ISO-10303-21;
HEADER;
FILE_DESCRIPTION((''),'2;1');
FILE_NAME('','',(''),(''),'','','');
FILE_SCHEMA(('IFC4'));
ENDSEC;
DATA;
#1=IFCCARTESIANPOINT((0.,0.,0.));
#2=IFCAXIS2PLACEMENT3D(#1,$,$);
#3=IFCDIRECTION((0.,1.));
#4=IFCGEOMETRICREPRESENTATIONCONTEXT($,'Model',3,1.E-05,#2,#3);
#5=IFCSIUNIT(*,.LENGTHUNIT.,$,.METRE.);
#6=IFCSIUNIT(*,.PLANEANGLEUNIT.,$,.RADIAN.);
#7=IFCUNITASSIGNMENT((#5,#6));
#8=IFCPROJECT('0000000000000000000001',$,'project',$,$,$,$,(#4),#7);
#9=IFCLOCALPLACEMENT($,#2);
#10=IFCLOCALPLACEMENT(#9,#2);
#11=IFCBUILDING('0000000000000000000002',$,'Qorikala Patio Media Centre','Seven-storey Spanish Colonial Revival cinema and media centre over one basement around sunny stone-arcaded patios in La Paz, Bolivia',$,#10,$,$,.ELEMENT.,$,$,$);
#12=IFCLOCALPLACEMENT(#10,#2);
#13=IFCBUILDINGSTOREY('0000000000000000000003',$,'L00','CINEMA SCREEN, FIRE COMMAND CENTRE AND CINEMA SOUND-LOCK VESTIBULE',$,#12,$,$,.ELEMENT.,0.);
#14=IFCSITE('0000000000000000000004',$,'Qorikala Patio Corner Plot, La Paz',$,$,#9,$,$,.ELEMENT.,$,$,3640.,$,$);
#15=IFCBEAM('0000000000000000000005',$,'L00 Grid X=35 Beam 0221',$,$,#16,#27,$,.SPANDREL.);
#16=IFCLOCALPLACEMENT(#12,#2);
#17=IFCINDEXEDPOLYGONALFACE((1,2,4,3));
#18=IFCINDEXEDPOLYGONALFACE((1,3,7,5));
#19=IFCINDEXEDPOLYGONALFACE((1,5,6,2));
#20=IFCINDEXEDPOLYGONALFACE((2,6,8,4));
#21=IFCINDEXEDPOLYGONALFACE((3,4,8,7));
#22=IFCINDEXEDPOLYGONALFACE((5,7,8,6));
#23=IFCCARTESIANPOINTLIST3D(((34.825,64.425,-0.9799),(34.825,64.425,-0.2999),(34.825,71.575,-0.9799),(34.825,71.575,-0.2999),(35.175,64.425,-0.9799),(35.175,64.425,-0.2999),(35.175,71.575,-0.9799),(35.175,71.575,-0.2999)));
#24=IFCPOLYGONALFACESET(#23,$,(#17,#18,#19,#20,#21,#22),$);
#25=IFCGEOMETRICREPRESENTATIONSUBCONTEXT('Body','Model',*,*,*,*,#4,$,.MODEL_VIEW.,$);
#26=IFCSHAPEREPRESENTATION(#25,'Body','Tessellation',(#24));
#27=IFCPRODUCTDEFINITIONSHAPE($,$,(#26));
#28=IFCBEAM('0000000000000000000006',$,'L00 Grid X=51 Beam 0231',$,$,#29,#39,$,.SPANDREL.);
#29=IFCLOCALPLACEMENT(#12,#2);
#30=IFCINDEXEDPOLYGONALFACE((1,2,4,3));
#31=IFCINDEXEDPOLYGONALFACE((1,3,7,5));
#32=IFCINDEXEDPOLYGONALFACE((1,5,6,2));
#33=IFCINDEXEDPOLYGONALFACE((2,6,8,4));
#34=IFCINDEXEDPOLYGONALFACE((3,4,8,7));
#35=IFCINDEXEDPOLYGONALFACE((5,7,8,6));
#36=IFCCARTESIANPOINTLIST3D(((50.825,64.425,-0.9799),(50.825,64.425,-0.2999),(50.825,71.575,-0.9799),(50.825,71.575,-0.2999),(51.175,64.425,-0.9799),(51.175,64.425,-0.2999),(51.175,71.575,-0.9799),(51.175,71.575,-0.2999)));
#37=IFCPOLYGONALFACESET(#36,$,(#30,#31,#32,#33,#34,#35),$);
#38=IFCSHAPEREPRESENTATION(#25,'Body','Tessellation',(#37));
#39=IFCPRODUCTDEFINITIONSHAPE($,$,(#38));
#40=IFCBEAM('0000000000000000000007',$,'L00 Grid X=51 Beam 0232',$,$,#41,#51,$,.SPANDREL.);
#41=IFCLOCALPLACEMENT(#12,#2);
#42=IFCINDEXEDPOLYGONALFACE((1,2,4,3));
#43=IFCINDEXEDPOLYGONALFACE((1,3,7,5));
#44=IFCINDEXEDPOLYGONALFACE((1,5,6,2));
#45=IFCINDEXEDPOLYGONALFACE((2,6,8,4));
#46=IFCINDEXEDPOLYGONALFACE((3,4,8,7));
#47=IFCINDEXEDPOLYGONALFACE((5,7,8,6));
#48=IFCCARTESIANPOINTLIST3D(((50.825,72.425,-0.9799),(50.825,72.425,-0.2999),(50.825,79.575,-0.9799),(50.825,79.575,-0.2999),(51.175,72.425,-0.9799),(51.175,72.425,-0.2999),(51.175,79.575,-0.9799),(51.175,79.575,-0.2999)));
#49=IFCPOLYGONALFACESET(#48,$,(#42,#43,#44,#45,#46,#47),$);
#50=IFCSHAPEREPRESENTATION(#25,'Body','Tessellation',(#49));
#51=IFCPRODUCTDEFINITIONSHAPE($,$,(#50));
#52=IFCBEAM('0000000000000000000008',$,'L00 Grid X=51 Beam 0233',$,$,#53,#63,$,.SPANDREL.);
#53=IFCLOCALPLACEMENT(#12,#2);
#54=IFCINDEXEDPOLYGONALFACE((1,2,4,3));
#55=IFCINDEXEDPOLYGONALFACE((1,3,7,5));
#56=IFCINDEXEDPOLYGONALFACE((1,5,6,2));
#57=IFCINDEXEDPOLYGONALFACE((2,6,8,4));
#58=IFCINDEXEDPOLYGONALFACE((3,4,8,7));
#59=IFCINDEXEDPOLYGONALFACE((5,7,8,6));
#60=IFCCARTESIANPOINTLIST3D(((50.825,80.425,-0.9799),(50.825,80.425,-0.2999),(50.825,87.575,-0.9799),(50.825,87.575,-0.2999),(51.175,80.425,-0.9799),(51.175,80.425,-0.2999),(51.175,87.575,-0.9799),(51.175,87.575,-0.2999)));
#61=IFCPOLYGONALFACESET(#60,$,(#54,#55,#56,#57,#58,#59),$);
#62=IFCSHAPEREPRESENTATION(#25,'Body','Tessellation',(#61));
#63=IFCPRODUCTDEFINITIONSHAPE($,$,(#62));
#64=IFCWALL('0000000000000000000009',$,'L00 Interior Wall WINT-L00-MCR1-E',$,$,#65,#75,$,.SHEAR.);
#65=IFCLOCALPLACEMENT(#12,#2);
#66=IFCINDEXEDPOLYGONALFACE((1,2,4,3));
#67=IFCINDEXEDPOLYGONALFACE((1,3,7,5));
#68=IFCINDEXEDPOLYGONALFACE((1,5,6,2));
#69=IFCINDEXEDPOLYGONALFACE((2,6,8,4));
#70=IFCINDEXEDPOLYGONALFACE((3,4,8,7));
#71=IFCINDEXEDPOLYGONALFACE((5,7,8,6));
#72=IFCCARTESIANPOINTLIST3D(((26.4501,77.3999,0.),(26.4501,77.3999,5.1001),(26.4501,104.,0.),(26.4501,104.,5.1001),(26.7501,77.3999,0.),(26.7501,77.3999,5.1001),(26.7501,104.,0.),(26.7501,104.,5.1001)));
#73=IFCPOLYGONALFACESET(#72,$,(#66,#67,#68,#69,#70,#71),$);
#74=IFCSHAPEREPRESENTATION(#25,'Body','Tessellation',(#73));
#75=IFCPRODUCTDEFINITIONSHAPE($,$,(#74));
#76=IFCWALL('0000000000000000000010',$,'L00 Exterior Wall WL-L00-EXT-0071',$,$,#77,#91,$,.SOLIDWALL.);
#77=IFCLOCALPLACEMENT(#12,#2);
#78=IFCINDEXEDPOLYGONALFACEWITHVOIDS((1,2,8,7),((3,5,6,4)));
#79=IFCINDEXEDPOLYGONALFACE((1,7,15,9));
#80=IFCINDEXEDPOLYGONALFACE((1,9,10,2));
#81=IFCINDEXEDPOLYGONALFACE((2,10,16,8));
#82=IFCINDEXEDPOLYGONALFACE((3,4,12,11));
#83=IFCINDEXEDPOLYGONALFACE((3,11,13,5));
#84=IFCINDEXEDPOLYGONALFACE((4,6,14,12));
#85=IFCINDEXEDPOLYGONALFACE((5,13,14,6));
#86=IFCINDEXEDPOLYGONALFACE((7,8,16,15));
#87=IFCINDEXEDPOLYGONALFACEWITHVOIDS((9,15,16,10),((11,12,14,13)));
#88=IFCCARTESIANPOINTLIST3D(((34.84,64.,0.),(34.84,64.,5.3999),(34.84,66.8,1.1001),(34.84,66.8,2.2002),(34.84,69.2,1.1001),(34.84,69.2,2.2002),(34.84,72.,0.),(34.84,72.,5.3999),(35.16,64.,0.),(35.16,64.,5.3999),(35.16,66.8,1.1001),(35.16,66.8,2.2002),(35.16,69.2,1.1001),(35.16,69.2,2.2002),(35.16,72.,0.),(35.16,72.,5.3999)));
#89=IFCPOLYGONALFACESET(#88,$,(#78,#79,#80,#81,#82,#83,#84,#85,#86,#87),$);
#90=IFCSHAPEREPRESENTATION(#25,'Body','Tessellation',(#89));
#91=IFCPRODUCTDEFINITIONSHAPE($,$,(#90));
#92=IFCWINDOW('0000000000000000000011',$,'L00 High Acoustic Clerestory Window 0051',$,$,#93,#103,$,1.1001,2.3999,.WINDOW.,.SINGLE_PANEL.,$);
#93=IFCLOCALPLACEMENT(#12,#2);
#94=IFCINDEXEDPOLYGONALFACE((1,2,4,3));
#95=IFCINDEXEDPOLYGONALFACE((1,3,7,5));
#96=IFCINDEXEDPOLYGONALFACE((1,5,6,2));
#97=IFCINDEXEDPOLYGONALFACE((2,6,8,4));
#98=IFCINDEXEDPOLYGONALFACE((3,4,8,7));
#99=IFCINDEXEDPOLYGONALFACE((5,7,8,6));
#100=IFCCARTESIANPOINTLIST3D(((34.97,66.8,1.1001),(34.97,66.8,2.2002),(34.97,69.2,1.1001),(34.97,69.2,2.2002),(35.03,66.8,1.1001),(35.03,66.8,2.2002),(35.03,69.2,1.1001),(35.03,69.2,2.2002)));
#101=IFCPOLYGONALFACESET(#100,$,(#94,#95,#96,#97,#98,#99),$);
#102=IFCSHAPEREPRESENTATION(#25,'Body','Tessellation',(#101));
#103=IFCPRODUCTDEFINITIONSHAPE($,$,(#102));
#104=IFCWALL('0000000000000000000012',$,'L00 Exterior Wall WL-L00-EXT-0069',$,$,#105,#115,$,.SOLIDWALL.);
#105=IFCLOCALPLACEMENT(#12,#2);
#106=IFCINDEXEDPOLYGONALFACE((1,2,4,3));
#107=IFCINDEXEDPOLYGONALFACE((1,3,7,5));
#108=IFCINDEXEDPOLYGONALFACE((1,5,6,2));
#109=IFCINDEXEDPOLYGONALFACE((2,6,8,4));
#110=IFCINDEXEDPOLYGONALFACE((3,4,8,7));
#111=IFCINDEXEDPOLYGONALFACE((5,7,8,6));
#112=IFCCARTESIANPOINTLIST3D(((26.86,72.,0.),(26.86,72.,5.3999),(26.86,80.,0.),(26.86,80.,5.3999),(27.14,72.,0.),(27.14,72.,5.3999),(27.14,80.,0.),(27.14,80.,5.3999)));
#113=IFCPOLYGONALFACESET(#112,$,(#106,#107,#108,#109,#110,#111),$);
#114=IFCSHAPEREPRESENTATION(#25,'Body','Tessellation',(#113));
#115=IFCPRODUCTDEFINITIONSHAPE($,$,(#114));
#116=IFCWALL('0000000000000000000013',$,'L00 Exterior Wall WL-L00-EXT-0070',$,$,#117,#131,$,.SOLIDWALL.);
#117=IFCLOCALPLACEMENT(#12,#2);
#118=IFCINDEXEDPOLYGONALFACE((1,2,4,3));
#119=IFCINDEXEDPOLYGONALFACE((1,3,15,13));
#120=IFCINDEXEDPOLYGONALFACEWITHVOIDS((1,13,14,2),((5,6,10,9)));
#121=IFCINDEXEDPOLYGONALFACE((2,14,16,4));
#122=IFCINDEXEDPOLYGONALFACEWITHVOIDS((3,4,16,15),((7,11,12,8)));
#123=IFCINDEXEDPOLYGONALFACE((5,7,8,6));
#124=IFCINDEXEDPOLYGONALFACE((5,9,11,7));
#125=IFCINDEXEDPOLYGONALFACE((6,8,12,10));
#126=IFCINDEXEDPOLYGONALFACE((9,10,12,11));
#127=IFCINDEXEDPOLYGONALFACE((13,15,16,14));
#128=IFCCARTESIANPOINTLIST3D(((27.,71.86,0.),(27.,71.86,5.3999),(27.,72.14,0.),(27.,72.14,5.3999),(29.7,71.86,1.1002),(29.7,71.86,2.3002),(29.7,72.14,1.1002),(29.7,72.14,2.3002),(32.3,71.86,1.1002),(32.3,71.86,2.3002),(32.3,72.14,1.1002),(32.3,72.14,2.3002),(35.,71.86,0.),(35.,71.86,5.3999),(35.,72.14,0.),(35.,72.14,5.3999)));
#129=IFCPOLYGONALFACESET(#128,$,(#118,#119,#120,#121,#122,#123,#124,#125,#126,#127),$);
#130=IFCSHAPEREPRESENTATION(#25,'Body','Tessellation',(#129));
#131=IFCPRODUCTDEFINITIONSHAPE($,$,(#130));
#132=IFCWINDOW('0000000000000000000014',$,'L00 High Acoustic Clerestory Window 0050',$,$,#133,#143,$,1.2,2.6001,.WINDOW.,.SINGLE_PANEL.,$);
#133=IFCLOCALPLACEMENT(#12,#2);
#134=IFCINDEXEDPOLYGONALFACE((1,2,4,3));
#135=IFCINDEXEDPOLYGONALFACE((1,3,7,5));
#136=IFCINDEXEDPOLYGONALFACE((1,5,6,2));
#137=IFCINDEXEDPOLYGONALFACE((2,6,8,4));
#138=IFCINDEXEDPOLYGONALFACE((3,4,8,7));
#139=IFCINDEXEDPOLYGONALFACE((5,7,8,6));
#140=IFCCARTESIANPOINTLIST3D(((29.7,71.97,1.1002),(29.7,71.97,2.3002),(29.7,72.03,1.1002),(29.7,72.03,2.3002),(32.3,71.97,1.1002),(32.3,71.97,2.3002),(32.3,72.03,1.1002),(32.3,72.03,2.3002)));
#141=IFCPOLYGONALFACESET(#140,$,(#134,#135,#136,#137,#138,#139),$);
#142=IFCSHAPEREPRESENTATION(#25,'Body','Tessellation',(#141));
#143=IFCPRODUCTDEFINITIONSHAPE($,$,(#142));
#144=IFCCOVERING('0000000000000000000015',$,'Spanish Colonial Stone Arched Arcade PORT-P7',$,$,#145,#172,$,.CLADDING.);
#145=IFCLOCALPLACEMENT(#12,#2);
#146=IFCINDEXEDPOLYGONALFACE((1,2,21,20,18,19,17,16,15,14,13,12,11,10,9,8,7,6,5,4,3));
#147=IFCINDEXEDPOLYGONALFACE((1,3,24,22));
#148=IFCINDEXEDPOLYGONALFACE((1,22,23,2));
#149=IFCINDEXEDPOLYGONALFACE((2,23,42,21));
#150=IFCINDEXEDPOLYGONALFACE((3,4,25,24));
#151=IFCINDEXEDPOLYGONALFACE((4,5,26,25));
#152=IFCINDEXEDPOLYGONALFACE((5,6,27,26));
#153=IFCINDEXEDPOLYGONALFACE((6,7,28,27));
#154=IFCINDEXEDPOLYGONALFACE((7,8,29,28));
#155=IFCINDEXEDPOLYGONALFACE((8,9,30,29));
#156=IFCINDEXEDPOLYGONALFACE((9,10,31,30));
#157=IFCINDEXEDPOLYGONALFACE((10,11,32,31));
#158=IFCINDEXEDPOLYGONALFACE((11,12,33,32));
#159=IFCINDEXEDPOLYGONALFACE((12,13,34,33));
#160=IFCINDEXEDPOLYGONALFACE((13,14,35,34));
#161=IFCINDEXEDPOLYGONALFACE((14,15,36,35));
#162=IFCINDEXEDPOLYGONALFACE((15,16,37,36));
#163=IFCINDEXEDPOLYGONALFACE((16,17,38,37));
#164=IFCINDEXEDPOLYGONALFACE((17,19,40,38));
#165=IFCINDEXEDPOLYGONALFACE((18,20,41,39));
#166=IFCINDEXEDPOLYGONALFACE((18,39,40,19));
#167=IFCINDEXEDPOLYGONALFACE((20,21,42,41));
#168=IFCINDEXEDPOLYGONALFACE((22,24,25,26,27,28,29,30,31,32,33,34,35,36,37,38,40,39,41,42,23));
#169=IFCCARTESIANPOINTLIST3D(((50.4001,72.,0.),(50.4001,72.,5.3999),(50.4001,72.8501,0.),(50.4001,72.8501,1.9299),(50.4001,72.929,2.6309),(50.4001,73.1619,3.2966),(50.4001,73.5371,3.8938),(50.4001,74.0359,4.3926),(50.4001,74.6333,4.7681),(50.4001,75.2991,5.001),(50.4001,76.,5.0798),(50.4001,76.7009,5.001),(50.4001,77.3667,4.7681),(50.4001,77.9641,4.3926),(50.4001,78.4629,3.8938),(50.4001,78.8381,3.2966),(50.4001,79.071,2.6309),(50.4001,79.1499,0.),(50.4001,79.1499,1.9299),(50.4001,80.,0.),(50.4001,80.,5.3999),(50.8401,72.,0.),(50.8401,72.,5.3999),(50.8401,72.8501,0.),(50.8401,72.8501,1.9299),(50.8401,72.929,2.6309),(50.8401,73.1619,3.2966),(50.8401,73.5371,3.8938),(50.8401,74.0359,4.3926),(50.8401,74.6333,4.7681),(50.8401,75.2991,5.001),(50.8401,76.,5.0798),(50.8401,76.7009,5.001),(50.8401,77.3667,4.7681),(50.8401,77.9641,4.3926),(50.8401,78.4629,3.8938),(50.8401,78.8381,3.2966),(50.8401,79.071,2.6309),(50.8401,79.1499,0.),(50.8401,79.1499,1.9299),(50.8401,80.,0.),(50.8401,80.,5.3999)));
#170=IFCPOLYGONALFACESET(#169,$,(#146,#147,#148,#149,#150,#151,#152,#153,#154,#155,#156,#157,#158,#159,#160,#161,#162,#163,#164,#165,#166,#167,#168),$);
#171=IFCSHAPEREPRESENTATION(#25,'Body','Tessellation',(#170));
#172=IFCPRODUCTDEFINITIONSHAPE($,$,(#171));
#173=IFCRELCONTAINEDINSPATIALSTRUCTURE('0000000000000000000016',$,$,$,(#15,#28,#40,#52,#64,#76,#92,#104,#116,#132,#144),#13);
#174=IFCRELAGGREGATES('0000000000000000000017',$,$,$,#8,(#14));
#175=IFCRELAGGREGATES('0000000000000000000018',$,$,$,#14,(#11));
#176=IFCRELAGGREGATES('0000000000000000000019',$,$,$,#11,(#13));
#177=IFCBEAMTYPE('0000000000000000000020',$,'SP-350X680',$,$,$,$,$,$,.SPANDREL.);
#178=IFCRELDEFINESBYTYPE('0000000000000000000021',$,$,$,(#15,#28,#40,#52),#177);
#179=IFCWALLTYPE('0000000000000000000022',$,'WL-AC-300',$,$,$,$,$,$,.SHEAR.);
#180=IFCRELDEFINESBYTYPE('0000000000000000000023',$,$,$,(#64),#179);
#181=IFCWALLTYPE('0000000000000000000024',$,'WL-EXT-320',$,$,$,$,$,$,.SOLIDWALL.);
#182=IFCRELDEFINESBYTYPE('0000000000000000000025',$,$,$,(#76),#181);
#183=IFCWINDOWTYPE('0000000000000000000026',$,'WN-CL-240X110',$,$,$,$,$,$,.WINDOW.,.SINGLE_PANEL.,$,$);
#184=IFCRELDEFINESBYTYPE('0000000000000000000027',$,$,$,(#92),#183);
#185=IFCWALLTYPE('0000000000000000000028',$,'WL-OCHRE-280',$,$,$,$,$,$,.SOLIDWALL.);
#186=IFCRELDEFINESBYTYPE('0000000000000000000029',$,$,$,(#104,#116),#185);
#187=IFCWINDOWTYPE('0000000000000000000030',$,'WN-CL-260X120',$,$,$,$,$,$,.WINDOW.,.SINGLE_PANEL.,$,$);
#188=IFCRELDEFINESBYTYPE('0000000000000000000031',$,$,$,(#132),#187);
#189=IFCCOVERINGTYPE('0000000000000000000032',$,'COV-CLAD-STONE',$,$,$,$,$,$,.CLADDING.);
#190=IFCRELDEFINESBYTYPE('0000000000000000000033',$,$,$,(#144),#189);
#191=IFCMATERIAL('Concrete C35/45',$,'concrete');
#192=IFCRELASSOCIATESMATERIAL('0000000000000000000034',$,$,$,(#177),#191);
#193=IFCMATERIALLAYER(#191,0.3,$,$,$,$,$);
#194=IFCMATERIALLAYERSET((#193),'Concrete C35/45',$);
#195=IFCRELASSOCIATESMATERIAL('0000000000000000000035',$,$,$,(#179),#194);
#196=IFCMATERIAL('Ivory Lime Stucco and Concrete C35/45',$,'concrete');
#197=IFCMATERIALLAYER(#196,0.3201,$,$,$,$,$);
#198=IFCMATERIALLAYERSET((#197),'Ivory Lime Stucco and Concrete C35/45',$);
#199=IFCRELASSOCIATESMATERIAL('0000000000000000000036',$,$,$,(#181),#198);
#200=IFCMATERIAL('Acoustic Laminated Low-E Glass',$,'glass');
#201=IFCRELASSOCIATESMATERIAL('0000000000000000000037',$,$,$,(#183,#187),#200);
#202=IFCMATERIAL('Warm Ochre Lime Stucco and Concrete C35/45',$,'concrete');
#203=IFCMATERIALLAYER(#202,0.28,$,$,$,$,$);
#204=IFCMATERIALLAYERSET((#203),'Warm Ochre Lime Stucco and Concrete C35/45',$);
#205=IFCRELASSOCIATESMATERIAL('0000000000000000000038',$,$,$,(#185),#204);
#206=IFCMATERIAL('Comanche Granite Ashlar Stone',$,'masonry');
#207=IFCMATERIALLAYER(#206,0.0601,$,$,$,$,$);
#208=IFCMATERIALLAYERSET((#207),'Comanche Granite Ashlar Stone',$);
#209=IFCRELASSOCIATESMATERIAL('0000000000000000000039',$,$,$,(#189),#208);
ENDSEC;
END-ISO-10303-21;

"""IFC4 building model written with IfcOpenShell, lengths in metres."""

from ifc_helpers import new_model, si_unit, direction, frame, frame_2d, origin, origin_2d, place, context, subcontext, project, spatial, polyline, rectangle, outline, extrude, material, layer, layer_set, material_profile, profile_set, type_object, element, fill, save


model = new_model("IFC4")

# Units and contexts
model_context = context("Model", 3, precision=1e-05, world=origin(), true_north=direction((0.0, 1.0)))
body_context = subcontext(model_context, "Body", "Model", "MODEL_VIEW")
ifc_project = project(units=[si_unit("LENGTHUNIT", "METRE"), si_unit("PLANEANGLEUNIT", "RADIAN")], contexts=[model_context])

# Site, building, storey
site_placement = place(None, origin())
site = spatial("IfcSite", under=ifc_project, at=site_placement, Name="Qorikala Patio Corner Plot, La Paz", CompositionType="ELEMENT", RefElevation=3640.0)
building_placement = place(site_placement, origin())
building = spatial("IfcBuilding", under=site, at=building_placement, Name="Qorikala Patio Media Centre", Description="Seven-storey Spanish Colonial Revival cinema and media centre over one basement around sunny stone-arcaded patios in La Paz, Bolivia", CompositionType="ELEMENT")
storey_placement = place(building_placement, origin())
storey = spatial("IfcBuildingStorey", under=building, at=storey_placement, Name="L00", Description="CINEMA SCREEN, FIRE COMMAND CENTRE AND CINEMA SOUND-LOCK VESTIBULE", CompositionType="ELEMENT", Elevation=0.0)

# Shared definitions
ifc_material_1 = material(Name="Concrete C35/45", Category="concrete")

# Beams
ifc_material_profile_1 = material_profile(ifc_material_1, rectangle(XDim=0.3501, YDim=0.6799, at=origin_2d()), Name="RC 350x680")
ifc_profile_set_1 = profile_set([ifc_material_profile_1], Name="Concrete C35/45")
beam_type_1 = type_object("IfcBeamType", Name="SP-350X680", PredefinedType="SPANDREL", material=ifc_profile_set_1)
for number, where, z_axis, x_axis, name in (
    (1, (35.0, 64.425, -0.6399), (0.0, 1.0, 0.0), (-1.0, 0.0, 0.0), "L00 Grid X=35 Beam 0221"),
    (2, (51.0, 64.425, -0.6399), (0.0, 1.0, 0.0), (-1.0, 0.0, 0.0), "L00 Grid X=51 Beam 0231"),
    (3, (51.0, 72.425, -0.6399), (0.0, 1.0, 0.0), (-1.0, 0.0, 0.0), "L00 Grid X=51 Beam 0232"),
    (4, (51.0, 80.425, -0.6399), (0.0, 1.0, 0.0), (-1.0, 0.0, 0.0), "L00 Grid X=51 Beam 0233"),
):
    element("IfcBeam", number, at=place(storey_placement, frame(where, z_axis=z_axis, x_axis=x_axis)), inside=storey, type_object=beam_type_1, Name=name, PredefinedType="SPANDREL", context=body_context, shape_type="SweptSolid", body=[
        extrude(rectangle(XDim=0.3501, YDim=0.6799, at=origin_2d()), origin(), (0.0, 0.0, 1.0), 7.1499),
    ])

# Wall
ifc_layer_1 = layer(ifc_material_1, 0.3)
ifc_layer_set_1 = layer_set([ifc_layer_1], Name="Concrete C35/45")
wall_type_1 = type_object("IfcWallType", Name="WL-AC-300", PredefinedType="SHEAR", material=ifc_layer_set_1)
wall_1_placement = place(storey_placement, frame((26.6001, 77.3999, 0.0), z_axis=(0.0, 0.0, 1.0), x_axis=(0.0, 1.0, 0.0)))
element("IfcWall", 5, at=wall_1_placement, inside=storey, type_object=wall_type_1, Name="L00 Interior Wall WINT-L00-MCR1-E", PredefinedType="SHEAR", context=body_context, shape_type="SweptSolid", body=[
    extrude(rectangle(XDim=26.6001, YDim=0.3, at=frame_2d((13.3, 0.0))), origin(), (0.0, 0.0, 1.0), 5.1001),
])

# Wall, opening, window
ifc_material_2 = material(Name="Ivory Lime Stucco and Concrete C35/45", Category="concrete")
ifc_layer_2 = layer(ifc_material_2, 0.3201)
ifc_layer_set_2 = layer_set([ifc_layer_2], Name="Ivory Lime Stucco and Concrete C35/45")
wall_type_2 = type_object("IfcWallType", Name="WL-EXT-320", PredefinedType="SOLIDWALL", material=ifc_layer_set_2)
wall_2_placement = place(storey_placement, frame((35.0, 72.0, 0.0), z_axis=(0.0, 0.0, 1.0), x_axis=(0.0, -1.0, 0.0)))
wall_2 = element("IfcWall", 6, at=wall_2_placement, inside=storey, type_object=wall_type_2, Name="L00 Exterior Wall WL-L00-EXT-0071", PredefinedType="SOLIDWALL", context=body_context, shape_type="SweptSolid", body=[
    extrude(rectangle(XDim=8.0, YDim=0.3201, at=frame_2d((4.0, 0.0))), origin(), (0.0, 0.0, 1.0), 5.3999),
])
opening_1_placement = place(wall_2_placement, frame((2.8, 0.0, 1.1001)))
opening_1 = element("IfcOpeningElement", 7, at=opening_1_placement, cuts=wall_2, PredefinedType="OPENING", context=body_context, shape_type="SweptSolid", body=[
    extrude(rectangle(XDim=2.3999, YDim=1.1001, at=frame_2d((1.2, 0.55))), frame((0.0, 0.1699, 0.0), z_axis=(0.0, -1.0, 0.0), x_axis=(1.0, 0.0, 0.0)), (0.0, 0.0, 1.0), 0.3401),
])
ifc_material_3 = material(Name="Acoustic Laminated Low-E Glass", Category="glass")
window_type_1 = type_object("IfcWindowType", Name="WN-CL-240X110", PartitioningType="SINGLE_PANEL", PredefinedType="WINDOW", material=ifc_material_3)
window_1_placement = place(opening_1_placement, origin())
window_1 = element("IfcWindow", 8, at=window_1_placement, inside=storey, type_object=window_type_1, Name="L00 High Acoustic Clerestory Window 0051", OverallHeight=1.1001, OverallWidth=2.3999, PartitioningType="SINGLE_PANEL", PredefinedType="WINDOW", context=body_context, shape_type="SweptSolid", body=[
    extrude(rectangle(XDim=2.3999, YDim=1.1001, at=frame_2d((1.2, 0.55))), frame((0.0, 0.03, 0.0), z_axis=(0.0, -1.0, 0.0), x_axis=(1.0, 0.0, 0.0)), (0.0, 0.0, 1.0), 0.0601),
])
fill(opening_1, window_1)

# Wall
ifc_material_4 = material(Name="Warm Ochre Lime Stucco and Concrete C35/45", Category="concrete")
ifc_layer_3 = layer(ifc_material_4, 0.28)
ifc_layer_set_3 = layer_set([ifc_layer_3], Name="Warm Ochre Lime Stucco and Concrete C35/45")
wall_type_3 = type_object("IfcWallType", Name="WL-OCHRE-280", PredefinedType="SOLIDWALL", material=ifc_layer_set_3)
wall_3_placement = place(storey_placement, frame((27.0, 80.0, 0.0), z_axis=(0.0, 0.0, 1.0), x_axis=(0.0, -1.0, 0.0)))
element("IfcWall", 9, at=wall_3_placement, inside=storey, type_object=wall_type_3, Name="L00 Exterior Wall WL-L00-EXT-0069", PredefinedType="SOLIDWALL", context=body_context, shape_type="SweptSolid", body=[
    extrude(rectangle(XDim=8.0, YDim=0.28, at=frame_2d((4.0, 0.0))), origin(), (0.0, 0.0, 1.0), 5.3999),
])

# Wall, opening, window
wall_4_placement = place(storey_placement, frame((27.0, 72.0, 0.0), z_axis=(0.0, 0.0, 1.0), x_axis=(1.0, 0.0, 0.0)))
wall_4 = element("IfcWall", 10, at=wall_4_placement, inside=storey, type_object=wall_type_3, Name="L00 Exterior Wall WL-L00-EXT-0070", PredefinedType="SOLIDWALL", context=body_context, shape_type="SweptSolid", body=[
    extrude(rectangle(XDim=8.0, YDim=0.28, at=frame_2d((4.0, 0.0))), origin(), (0.0, 0.0, 1.0), 5.3999),
])
opening_2_placement = place(wall_4_placement, frame((2.7, 0.0, 1.1001)))
opening_2 = element("IfcOpeningElement", 11, at=opening_2_placement, cuts=wall_4, PredefinedType="OPENING", context=body_context, shape_type="SweptSolid", body=[
    extrude(rectangle(XDim=2.6001, YDim=1.2, at=frame_2d((1.3, 0.6001))), frame((0.0, 0.1499, 0.0), z_axis=(0.0, -1.0, 0.0), x_axis=(1.0, 0.0, 0.0)), (0.0, 0.0, 1.0), 0.3),
])
window_type_2 = type_object("IfcWindowType", Name="WN-CL-260X120", PartitioningType="SINGLE_PANEL", PredefinedType="WINDOW", material=ifc_material_3)
window_2_placement = place(opening_2_placement, origin())
window_2 = element("IfcWindow", 12, at=window_2_placement, inside=storey, type_object=window_type_2, Name="L00 High Acoustic Clerestory Window 0050", OverallHeight=1.2, OverallWidth=2.6001, PartitioningType="SINGLE_PANEL", PredefinedType="WINDOW", context=body_context, shape_type="SweptSolid", body=[
    extrude(rectangle(XDim=2.6001, YDim=1.2, at=frame_2d((1.3, 0.6001))), frame((0.0, 0.03, 0.0), z_axis=(0.0, -1.0, 0.0), x_axis=(1.0, 0.0, 0.0)), (0.0, 0.0, 1.0), 0.0601),
])
fill(opening_2, window_2)

# Covering
ifc_material_5 = material(Name="Comanche Granite Ashlar Stone", Category="masonry")
ifc_layer_4 = layer(ifc_material_5, 0.0601)
ifc_layer_set_4 = layer_set([ifc_layer_4], Name="Comanche Granite Ashlar Stone")
covering_type = type_object("IfcCoveringType", Name="COV-CLAD-STONE", PredefinedType="CLADDING", material=ifc_layer_set_4)
for number, where, z_axis, x_axis, name in (
    (13, (50.6201, 72.0, 0.0), (0.0, 0.0, 1.0), (0.0, 1.0, 0.0), "Spanish Colonial Stone Arched Arcade PORT-P7"),
):
    element("IfcCovering", number, at=place(storey_placement, frame(where, z_axis=z_axis, x_axis=x_axis)), inside=storey, type_object=covering_type, Name=name, PredefinedType="CLADDING", context=body_context, shape_type="SweptSolid", body=[
        extrude(outline(polyline([(0.0, 0.0), (0.8501, 0.0), (0.8501, 1.9299), (0.929, 2.6309), (1.1619, 3.2966), (1.5371, 3.8938), (2.0359, 4.3926), (2.6333, 4.7681), (3.2991, 5.001), (4.0, 5.0798), (4.7009, 5.001), (5.3667, 4.7681), (5.9641, 4.3926), (6.4629, 3.8938), (6.8381, 3.2966), (7.071, 2.6309), (7.1499, 1.9299), (7.1499, 0.0), (8.0, 0.0), (8.0, 5.3999), (0.0, 5.3999), (0.0, 0.0)])), frame((0.0, 0.22, 0.0), z_axis=(0.0, -1.0, 0.0), x_axis=(1.0, 0.0, 0.0)), (0.0, 0.0, 1.0), 0.4399),
    ])

save(model, "model.ifc")
